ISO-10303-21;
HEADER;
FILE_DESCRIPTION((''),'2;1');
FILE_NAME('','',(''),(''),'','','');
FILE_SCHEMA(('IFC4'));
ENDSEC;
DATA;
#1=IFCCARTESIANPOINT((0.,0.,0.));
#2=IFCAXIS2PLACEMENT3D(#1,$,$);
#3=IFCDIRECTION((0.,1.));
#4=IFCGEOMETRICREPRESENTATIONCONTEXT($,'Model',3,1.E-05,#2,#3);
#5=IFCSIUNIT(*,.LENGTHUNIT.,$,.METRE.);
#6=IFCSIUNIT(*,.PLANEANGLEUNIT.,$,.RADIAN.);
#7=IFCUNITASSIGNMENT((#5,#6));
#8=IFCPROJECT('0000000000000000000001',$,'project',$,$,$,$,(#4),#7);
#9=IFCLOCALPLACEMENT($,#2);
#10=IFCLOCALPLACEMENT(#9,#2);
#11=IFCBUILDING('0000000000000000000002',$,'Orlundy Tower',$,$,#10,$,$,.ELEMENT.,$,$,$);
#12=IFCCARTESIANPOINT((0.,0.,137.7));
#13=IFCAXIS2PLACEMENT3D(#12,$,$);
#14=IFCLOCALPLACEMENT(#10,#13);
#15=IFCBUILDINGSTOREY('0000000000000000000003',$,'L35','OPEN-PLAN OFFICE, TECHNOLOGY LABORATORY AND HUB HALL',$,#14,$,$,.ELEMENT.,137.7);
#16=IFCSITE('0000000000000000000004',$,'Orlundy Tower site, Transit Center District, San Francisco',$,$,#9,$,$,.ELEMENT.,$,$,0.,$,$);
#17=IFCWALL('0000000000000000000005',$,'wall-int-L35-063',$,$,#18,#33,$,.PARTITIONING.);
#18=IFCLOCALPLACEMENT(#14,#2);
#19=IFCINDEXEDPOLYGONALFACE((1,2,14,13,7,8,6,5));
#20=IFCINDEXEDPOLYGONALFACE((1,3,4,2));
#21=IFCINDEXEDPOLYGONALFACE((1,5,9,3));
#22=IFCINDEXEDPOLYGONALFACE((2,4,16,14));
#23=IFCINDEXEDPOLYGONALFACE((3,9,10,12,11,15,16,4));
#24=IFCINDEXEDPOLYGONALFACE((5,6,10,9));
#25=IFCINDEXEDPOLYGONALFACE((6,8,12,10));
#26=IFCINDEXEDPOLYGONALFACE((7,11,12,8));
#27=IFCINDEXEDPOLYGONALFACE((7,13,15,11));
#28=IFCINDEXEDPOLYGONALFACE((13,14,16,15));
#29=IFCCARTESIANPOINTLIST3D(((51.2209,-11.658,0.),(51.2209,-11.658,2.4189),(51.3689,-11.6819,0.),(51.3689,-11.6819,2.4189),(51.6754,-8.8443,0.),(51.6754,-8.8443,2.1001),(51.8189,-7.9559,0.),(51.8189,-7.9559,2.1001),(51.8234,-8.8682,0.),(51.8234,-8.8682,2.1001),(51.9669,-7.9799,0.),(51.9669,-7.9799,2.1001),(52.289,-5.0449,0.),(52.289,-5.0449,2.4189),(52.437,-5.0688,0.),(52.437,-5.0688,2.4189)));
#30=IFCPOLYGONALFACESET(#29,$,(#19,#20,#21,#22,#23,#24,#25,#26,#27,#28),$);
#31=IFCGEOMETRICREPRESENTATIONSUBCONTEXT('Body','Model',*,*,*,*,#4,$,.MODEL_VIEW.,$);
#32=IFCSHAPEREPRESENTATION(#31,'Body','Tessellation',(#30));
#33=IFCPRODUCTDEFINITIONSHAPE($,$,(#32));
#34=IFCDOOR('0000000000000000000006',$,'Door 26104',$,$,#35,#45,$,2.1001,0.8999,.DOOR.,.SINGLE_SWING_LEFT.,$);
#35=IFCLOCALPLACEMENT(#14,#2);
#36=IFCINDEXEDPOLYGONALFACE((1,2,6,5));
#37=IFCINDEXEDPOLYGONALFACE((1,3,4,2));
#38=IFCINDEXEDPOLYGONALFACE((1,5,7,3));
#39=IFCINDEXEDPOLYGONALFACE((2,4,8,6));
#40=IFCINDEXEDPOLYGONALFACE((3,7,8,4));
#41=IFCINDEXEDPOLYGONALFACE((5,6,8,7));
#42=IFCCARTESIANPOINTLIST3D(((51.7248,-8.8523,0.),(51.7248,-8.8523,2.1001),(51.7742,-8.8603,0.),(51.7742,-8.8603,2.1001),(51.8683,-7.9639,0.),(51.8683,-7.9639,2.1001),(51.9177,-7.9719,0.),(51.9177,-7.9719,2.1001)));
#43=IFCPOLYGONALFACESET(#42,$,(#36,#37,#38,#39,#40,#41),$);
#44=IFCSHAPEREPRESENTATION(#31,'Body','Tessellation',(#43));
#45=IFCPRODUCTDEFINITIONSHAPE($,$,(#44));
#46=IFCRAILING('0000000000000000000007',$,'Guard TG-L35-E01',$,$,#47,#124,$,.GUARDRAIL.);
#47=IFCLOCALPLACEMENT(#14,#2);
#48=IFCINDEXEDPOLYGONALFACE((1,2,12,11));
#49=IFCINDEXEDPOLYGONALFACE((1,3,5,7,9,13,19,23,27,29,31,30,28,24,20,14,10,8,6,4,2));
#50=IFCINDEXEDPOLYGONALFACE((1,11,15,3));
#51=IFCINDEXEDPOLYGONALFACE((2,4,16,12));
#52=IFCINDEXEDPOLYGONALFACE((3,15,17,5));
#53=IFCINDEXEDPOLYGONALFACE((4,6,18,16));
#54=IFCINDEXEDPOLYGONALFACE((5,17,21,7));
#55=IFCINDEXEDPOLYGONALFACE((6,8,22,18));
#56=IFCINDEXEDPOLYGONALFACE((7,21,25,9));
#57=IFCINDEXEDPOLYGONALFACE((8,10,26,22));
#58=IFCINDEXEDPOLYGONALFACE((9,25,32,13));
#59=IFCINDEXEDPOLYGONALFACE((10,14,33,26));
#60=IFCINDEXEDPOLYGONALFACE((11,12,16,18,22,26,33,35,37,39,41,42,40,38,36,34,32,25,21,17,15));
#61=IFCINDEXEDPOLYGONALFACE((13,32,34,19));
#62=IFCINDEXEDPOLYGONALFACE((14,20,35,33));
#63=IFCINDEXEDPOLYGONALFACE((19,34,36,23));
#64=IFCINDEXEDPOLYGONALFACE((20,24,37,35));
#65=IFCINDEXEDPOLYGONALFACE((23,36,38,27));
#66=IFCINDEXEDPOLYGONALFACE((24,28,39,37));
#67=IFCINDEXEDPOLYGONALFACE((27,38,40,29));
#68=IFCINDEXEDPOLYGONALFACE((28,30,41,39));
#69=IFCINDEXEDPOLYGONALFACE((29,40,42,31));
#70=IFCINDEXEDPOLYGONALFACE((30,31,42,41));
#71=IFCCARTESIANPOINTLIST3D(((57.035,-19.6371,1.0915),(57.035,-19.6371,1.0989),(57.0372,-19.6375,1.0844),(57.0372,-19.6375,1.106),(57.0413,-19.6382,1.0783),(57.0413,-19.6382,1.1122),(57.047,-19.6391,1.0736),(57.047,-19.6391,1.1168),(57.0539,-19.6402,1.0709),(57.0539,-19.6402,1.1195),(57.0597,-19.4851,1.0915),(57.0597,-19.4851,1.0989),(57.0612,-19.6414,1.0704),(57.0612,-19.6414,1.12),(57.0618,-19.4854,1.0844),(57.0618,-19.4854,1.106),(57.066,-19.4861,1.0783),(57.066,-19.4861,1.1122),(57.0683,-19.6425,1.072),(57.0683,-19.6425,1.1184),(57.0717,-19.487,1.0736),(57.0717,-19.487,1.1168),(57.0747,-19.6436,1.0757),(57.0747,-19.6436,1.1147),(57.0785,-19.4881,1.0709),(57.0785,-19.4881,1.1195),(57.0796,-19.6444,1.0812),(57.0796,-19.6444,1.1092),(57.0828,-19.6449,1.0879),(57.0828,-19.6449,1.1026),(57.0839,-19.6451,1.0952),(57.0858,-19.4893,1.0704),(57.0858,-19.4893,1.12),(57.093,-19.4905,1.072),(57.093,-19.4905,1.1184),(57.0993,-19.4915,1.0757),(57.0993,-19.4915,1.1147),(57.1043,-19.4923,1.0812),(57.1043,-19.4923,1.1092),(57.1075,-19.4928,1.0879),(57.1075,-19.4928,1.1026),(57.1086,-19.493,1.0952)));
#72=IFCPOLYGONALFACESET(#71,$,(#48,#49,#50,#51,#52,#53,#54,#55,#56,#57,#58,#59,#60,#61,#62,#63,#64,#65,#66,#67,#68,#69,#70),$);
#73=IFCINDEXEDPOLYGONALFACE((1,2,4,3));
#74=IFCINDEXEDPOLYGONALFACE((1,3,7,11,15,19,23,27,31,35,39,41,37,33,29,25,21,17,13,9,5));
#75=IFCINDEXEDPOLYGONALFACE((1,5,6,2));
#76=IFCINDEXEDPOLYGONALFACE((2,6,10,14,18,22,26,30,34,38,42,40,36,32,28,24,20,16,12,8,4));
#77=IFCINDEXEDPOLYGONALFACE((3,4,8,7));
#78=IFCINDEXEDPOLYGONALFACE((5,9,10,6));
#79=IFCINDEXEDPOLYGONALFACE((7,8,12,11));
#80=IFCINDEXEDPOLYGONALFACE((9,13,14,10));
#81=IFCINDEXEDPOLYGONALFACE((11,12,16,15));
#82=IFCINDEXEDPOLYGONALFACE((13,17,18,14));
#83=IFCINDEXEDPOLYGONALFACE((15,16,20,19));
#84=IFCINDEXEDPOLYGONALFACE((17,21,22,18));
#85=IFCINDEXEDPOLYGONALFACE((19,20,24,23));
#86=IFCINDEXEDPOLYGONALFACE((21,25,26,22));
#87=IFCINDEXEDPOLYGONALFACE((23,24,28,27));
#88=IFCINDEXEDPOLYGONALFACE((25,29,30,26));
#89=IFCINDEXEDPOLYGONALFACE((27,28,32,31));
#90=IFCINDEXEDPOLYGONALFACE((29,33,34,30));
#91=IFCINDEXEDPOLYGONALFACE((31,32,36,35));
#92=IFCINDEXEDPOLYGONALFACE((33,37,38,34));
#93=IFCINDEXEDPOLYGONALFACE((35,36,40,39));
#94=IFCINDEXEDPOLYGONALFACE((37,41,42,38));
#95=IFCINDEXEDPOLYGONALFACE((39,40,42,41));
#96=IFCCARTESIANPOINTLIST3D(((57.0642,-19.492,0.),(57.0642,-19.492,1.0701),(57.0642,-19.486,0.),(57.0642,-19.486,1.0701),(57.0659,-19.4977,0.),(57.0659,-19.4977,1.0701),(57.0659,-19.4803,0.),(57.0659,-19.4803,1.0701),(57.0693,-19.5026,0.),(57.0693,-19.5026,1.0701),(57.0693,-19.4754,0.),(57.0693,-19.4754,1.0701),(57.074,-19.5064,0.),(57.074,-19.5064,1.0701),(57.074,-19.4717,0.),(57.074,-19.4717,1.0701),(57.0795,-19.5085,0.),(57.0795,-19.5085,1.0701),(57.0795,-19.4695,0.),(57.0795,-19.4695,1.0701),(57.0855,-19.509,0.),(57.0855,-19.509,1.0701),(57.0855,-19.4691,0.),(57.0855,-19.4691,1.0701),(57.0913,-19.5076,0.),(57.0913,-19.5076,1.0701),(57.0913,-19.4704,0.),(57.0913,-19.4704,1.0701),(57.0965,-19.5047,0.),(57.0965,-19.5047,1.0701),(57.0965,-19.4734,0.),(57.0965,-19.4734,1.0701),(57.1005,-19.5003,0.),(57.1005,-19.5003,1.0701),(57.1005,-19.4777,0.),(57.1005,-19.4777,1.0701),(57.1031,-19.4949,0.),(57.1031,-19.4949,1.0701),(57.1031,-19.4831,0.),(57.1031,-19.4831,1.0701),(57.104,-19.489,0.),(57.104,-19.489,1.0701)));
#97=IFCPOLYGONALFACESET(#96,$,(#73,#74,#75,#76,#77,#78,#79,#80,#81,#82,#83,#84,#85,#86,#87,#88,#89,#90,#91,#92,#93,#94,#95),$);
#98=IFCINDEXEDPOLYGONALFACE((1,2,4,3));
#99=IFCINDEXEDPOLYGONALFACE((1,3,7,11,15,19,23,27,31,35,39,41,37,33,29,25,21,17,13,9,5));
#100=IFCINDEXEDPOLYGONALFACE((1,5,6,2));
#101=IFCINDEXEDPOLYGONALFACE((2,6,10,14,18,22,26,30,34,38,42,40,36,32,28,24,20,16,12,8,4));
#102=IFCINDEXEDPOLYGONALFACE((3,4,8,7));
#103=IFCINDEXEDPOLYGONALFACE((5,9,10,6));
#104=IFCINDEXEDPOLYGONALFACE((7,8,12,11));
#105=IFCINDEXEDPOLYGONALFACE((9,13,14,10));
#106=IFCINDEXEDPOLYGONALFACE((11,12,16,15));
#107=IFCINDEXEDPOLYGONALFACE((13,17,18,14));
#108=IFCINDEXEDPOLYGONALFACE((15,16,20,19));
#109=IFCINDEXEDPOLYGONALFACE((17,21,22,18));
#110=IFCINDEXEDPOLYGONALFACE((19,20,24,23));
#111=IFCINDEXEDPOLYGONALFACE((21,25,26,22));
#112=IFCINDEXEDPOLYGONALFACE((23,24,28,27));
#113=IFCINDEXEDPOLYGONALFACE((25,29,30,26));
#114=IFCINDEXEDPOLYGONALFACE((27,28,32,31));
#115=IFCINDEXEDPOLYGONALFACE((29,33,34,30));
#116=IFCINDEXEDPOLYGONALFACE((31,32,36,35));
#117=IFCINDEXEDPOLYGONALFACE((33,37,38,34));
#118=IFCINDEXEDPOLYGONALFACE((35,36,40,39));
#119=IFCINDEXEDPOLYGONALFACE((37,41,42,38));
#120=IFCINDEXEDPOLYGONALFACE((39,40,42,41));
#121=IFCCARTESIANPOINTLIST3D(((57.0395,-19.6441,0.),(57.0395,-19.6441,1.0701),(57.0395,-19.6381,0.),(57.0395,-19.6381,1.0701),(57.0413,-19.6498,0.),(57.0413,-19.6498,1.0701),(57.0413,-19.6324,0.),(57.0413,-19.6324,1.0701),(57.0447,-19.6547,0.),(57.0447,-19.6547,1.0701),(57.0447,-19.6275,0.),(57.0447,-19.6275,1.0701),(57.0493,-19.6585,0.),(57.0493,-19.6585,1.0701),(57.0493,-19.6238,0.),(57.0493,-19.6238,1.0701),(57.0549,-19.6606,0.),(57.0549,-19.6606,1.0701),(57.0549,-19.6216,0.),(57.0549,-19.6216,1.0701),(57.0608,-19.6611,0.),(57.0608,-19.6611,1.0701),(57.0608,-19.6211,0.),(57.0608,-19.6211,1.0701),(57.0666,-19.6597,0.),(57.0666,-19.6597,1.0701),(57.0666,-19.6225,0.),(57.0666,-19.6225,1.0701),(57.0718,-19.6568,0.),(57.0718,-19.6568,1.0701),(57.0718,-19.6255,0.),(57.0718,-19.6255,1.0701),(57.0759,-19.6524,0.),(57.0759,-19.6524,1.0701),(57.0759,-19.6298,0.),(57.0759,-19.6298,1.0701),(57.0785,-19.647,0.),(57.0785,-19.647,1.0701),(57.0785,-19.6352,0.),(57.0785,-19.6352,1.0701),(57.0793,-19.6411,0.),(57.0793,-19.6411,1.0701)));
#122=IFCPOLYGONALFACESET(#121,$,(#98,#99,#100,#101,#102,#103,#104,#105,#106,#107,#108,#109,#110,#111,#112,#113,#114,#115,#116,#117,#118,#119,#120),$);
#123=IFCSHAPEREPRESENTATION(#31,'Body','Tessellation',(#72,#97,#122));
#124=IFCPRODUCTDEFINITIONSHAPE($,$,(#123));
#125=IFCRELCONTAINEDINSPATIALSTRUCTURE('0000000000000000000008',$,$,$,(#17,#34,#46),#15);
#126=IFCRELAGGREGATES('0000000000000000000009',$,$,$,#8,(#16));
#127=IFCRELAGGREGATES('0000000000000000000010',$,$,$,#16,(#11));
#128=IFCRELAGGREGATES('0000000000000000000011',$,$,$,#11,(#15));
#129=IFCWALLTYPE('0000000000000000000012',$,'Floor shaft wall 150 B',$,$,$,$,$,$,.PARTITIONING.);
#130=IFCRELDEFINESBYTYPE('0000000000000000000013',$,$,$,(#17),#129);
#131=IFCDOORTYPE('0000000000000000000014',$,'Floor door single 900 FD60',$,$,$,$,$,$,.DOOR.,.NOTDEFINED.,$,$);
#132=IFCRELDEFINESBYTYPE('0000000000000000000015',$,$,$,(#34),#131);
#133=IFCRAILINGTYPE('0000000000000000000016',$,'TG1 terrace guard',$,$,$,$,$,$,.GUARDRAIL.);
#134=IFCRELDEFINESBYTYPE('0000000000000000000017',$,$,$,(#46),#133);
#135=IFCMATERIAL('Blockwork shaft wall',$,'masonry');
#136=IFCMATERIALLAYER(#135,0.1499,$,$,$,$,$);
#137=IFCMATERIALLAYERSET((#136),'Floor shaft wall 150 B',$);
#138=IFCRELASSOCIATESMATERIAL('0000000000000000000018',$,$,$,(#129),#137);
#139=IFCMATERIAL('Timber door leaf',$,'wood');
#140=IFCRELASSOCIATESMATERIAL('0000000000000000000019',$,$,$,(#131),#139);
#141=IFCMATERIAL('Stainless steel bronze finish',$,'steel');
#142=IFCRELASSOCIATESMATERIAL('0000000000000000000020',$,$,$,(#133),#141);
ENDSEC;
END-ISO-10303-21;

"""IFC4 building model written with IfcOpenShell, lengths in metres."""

from ifc_helpers import new_model, si_unit, direction, frame, frame_2d, origin, origin_2d, place, context, subcontext, project, spatial, rectangle, circle, extrude, material, layer, layer_set, type_object, element, fill, save


model = new_model("IFC4")

# Units and contexts
model_context = context("Model", 3, precision=1e-05, world=origin(), true_north=direction((0.0, 1.0)))
body_context = subcontext(model_context, "Body", "Model", "MODEL_VIEW")
ifc_project = project(units=[si_unit("LENGTHUNIT", "METRE"), si_unit("PLANEANGLEUNIT", "RADIAN")], contexts=[model_context])

# Site, building, storey
site_placement = place(None, origin())
site = spatial("IfcSite", under=ifc_project, at=site_placement, Name="Orlundy Tower site, Transit Center District, San Francisco", CompositionType="ELEMENT", RefElevation=0.0)
building_placement = place(site_placement, origin())
building = spatial("IfcBuilding", under=site, at=building_placement, Name="Orlundy Tower", CompositionType="ELEMENT")
storey_placement = place(building_placement, frame((0.0, 0.0, 137.7)))
storey = spatial("IfcBuildingStorey", under=building, at=storey_placement, Name="L35", Description="OPEN-PLAN OFFICE, TECHNOLOGY LABORATORY AND HUB HALL", CompositionType="ELEMENT", Elevation=137.7)

# Wall, opening, door
ifc_material_1 = material(Name="Blockwork shaft wall", Category="masonry")
ifc_layer_1 = layer(ifc_material_1, 0.1499)
ifc_layer_set_1 = layer_set([ifc_layer_1], Name="Floor shaft wall 150 B")
wall_type_1 = type_object("IfcWallType", Name="Floor shaft wall 150 B", PredefinedType="PARTITIONING", material=ifc_layer_set_1)
wall_1_placement = place(storey_placement, frame((51.2949, -11.6699, 0.0), z_axis=(0.0, 0.0, 1.0), x_axis=(0.15945, 0.987206, 0.0)))
wall_1 = element("IfcWall", 1, at=wall_1_placement, inside=storey, type_object=wall_type_1, Name="wall-int-L35-063", PredefinedType="PARTITIONING", context=body_context, shape_type="SweptSolid", body=[
    extrude(rectangle(XDim=6.6987, YDim=0.1499, at=frame_2d((3.3494, 0.0))), origin(), (0.0, 0.0, 1.0), 2.4189),
])
opening_1_placement = place(wall_1_placement, frame((2.8501, 0.0, 0.0)))
opening_1 = element("IfcOpeningElement", 2, at=opening_1_placement, cuts=wall_1, PredefinedType="OPENING", context=body_context, shape_type="SweptSolid", body=[
    extrude(rectangle(XDim=0.8999, YDim=2.1001, at=frame_2d((0.45, 1.05))), frame((0.0, 0.085, 0.0), z_axis=(0.0, -1.0, 0.0), x_axis=(1.0, 0.0, 0.0)), (0.0, 0.0, 1.0), 0.1699),
])
ifc_material_2 = material(Name="Timber door leaf", Category="wood")
door_type_1 = type_object("IfcDoorType", Name="Floor door single 900 FD60", OperationType="NOTDEFINED", PredefinedType="DOOR", material=ifc_material_2)
door_1_placement = place(opening_1_placement, origin())
door_1 = element("IfcDoor", 3, at=door_1_placement, inside=storey, type_object=door_type_1, Name="Door 26104", OperationType="SINGLE_SWING_LEFT", OverallHeight=2.1001, OverallWidth=0.8999, PredefinedType="DOOR", context=body_context, shape_type="SweptSolid", body=[
    extrude(rectangle(XDim=0.8999, YDim=2.1001, at=frame_2d((0.45, 1.05))), frame((0.0, 0.0249, 0.0), z_axis=(0.0, -1.0, 0.0), x_axis=(1.0, 0.0, 0.0)), (0.0, 0.0, 1.0), 0.05),
])
fill(opening_1, door_1)

# Railing
ifc_material_3 = material(Name="Stainless steel bronze finish", Category="steel")
railing_type = type_object("IfcRailingType", Name="TG1 terrace guard", PredefinedType="GUARDRAIL", material=ifc_material_3)
railing_placement = place(storey_placement, frame((57.084, -19.489, 0.0)))
element("IfcRailing", 4, at=railing_placement, inside=storey, type_object=railing_type, Name="Guard TG-L35-E01", PredefinedType="GUARDRAIL", context=body_context, shape_type="SweptSolid", body=[
    extrude(circle(Radius=0.0249, at=origin_2d()), frame((0.0, 0.0, 1.0952), z_axis=(-0.160029, -0.987112, 0.0), x_axis=(0.987112, -0.160029, 0.0)), (0.0, 0.0, 1.0), 0.1541),
    extrude(circle(Radius=0.02, at=origin_2d()), origin(), (0.0, 0.0, 1.0), 1.0701),
    extrude(circle(Radius=0.02, at=origin_2d()), frame((-0.0247, -0.1521, 0.0)), (0.0, 0.0, 1.0), 1.0701),
])

save(model, "model.ifc")
